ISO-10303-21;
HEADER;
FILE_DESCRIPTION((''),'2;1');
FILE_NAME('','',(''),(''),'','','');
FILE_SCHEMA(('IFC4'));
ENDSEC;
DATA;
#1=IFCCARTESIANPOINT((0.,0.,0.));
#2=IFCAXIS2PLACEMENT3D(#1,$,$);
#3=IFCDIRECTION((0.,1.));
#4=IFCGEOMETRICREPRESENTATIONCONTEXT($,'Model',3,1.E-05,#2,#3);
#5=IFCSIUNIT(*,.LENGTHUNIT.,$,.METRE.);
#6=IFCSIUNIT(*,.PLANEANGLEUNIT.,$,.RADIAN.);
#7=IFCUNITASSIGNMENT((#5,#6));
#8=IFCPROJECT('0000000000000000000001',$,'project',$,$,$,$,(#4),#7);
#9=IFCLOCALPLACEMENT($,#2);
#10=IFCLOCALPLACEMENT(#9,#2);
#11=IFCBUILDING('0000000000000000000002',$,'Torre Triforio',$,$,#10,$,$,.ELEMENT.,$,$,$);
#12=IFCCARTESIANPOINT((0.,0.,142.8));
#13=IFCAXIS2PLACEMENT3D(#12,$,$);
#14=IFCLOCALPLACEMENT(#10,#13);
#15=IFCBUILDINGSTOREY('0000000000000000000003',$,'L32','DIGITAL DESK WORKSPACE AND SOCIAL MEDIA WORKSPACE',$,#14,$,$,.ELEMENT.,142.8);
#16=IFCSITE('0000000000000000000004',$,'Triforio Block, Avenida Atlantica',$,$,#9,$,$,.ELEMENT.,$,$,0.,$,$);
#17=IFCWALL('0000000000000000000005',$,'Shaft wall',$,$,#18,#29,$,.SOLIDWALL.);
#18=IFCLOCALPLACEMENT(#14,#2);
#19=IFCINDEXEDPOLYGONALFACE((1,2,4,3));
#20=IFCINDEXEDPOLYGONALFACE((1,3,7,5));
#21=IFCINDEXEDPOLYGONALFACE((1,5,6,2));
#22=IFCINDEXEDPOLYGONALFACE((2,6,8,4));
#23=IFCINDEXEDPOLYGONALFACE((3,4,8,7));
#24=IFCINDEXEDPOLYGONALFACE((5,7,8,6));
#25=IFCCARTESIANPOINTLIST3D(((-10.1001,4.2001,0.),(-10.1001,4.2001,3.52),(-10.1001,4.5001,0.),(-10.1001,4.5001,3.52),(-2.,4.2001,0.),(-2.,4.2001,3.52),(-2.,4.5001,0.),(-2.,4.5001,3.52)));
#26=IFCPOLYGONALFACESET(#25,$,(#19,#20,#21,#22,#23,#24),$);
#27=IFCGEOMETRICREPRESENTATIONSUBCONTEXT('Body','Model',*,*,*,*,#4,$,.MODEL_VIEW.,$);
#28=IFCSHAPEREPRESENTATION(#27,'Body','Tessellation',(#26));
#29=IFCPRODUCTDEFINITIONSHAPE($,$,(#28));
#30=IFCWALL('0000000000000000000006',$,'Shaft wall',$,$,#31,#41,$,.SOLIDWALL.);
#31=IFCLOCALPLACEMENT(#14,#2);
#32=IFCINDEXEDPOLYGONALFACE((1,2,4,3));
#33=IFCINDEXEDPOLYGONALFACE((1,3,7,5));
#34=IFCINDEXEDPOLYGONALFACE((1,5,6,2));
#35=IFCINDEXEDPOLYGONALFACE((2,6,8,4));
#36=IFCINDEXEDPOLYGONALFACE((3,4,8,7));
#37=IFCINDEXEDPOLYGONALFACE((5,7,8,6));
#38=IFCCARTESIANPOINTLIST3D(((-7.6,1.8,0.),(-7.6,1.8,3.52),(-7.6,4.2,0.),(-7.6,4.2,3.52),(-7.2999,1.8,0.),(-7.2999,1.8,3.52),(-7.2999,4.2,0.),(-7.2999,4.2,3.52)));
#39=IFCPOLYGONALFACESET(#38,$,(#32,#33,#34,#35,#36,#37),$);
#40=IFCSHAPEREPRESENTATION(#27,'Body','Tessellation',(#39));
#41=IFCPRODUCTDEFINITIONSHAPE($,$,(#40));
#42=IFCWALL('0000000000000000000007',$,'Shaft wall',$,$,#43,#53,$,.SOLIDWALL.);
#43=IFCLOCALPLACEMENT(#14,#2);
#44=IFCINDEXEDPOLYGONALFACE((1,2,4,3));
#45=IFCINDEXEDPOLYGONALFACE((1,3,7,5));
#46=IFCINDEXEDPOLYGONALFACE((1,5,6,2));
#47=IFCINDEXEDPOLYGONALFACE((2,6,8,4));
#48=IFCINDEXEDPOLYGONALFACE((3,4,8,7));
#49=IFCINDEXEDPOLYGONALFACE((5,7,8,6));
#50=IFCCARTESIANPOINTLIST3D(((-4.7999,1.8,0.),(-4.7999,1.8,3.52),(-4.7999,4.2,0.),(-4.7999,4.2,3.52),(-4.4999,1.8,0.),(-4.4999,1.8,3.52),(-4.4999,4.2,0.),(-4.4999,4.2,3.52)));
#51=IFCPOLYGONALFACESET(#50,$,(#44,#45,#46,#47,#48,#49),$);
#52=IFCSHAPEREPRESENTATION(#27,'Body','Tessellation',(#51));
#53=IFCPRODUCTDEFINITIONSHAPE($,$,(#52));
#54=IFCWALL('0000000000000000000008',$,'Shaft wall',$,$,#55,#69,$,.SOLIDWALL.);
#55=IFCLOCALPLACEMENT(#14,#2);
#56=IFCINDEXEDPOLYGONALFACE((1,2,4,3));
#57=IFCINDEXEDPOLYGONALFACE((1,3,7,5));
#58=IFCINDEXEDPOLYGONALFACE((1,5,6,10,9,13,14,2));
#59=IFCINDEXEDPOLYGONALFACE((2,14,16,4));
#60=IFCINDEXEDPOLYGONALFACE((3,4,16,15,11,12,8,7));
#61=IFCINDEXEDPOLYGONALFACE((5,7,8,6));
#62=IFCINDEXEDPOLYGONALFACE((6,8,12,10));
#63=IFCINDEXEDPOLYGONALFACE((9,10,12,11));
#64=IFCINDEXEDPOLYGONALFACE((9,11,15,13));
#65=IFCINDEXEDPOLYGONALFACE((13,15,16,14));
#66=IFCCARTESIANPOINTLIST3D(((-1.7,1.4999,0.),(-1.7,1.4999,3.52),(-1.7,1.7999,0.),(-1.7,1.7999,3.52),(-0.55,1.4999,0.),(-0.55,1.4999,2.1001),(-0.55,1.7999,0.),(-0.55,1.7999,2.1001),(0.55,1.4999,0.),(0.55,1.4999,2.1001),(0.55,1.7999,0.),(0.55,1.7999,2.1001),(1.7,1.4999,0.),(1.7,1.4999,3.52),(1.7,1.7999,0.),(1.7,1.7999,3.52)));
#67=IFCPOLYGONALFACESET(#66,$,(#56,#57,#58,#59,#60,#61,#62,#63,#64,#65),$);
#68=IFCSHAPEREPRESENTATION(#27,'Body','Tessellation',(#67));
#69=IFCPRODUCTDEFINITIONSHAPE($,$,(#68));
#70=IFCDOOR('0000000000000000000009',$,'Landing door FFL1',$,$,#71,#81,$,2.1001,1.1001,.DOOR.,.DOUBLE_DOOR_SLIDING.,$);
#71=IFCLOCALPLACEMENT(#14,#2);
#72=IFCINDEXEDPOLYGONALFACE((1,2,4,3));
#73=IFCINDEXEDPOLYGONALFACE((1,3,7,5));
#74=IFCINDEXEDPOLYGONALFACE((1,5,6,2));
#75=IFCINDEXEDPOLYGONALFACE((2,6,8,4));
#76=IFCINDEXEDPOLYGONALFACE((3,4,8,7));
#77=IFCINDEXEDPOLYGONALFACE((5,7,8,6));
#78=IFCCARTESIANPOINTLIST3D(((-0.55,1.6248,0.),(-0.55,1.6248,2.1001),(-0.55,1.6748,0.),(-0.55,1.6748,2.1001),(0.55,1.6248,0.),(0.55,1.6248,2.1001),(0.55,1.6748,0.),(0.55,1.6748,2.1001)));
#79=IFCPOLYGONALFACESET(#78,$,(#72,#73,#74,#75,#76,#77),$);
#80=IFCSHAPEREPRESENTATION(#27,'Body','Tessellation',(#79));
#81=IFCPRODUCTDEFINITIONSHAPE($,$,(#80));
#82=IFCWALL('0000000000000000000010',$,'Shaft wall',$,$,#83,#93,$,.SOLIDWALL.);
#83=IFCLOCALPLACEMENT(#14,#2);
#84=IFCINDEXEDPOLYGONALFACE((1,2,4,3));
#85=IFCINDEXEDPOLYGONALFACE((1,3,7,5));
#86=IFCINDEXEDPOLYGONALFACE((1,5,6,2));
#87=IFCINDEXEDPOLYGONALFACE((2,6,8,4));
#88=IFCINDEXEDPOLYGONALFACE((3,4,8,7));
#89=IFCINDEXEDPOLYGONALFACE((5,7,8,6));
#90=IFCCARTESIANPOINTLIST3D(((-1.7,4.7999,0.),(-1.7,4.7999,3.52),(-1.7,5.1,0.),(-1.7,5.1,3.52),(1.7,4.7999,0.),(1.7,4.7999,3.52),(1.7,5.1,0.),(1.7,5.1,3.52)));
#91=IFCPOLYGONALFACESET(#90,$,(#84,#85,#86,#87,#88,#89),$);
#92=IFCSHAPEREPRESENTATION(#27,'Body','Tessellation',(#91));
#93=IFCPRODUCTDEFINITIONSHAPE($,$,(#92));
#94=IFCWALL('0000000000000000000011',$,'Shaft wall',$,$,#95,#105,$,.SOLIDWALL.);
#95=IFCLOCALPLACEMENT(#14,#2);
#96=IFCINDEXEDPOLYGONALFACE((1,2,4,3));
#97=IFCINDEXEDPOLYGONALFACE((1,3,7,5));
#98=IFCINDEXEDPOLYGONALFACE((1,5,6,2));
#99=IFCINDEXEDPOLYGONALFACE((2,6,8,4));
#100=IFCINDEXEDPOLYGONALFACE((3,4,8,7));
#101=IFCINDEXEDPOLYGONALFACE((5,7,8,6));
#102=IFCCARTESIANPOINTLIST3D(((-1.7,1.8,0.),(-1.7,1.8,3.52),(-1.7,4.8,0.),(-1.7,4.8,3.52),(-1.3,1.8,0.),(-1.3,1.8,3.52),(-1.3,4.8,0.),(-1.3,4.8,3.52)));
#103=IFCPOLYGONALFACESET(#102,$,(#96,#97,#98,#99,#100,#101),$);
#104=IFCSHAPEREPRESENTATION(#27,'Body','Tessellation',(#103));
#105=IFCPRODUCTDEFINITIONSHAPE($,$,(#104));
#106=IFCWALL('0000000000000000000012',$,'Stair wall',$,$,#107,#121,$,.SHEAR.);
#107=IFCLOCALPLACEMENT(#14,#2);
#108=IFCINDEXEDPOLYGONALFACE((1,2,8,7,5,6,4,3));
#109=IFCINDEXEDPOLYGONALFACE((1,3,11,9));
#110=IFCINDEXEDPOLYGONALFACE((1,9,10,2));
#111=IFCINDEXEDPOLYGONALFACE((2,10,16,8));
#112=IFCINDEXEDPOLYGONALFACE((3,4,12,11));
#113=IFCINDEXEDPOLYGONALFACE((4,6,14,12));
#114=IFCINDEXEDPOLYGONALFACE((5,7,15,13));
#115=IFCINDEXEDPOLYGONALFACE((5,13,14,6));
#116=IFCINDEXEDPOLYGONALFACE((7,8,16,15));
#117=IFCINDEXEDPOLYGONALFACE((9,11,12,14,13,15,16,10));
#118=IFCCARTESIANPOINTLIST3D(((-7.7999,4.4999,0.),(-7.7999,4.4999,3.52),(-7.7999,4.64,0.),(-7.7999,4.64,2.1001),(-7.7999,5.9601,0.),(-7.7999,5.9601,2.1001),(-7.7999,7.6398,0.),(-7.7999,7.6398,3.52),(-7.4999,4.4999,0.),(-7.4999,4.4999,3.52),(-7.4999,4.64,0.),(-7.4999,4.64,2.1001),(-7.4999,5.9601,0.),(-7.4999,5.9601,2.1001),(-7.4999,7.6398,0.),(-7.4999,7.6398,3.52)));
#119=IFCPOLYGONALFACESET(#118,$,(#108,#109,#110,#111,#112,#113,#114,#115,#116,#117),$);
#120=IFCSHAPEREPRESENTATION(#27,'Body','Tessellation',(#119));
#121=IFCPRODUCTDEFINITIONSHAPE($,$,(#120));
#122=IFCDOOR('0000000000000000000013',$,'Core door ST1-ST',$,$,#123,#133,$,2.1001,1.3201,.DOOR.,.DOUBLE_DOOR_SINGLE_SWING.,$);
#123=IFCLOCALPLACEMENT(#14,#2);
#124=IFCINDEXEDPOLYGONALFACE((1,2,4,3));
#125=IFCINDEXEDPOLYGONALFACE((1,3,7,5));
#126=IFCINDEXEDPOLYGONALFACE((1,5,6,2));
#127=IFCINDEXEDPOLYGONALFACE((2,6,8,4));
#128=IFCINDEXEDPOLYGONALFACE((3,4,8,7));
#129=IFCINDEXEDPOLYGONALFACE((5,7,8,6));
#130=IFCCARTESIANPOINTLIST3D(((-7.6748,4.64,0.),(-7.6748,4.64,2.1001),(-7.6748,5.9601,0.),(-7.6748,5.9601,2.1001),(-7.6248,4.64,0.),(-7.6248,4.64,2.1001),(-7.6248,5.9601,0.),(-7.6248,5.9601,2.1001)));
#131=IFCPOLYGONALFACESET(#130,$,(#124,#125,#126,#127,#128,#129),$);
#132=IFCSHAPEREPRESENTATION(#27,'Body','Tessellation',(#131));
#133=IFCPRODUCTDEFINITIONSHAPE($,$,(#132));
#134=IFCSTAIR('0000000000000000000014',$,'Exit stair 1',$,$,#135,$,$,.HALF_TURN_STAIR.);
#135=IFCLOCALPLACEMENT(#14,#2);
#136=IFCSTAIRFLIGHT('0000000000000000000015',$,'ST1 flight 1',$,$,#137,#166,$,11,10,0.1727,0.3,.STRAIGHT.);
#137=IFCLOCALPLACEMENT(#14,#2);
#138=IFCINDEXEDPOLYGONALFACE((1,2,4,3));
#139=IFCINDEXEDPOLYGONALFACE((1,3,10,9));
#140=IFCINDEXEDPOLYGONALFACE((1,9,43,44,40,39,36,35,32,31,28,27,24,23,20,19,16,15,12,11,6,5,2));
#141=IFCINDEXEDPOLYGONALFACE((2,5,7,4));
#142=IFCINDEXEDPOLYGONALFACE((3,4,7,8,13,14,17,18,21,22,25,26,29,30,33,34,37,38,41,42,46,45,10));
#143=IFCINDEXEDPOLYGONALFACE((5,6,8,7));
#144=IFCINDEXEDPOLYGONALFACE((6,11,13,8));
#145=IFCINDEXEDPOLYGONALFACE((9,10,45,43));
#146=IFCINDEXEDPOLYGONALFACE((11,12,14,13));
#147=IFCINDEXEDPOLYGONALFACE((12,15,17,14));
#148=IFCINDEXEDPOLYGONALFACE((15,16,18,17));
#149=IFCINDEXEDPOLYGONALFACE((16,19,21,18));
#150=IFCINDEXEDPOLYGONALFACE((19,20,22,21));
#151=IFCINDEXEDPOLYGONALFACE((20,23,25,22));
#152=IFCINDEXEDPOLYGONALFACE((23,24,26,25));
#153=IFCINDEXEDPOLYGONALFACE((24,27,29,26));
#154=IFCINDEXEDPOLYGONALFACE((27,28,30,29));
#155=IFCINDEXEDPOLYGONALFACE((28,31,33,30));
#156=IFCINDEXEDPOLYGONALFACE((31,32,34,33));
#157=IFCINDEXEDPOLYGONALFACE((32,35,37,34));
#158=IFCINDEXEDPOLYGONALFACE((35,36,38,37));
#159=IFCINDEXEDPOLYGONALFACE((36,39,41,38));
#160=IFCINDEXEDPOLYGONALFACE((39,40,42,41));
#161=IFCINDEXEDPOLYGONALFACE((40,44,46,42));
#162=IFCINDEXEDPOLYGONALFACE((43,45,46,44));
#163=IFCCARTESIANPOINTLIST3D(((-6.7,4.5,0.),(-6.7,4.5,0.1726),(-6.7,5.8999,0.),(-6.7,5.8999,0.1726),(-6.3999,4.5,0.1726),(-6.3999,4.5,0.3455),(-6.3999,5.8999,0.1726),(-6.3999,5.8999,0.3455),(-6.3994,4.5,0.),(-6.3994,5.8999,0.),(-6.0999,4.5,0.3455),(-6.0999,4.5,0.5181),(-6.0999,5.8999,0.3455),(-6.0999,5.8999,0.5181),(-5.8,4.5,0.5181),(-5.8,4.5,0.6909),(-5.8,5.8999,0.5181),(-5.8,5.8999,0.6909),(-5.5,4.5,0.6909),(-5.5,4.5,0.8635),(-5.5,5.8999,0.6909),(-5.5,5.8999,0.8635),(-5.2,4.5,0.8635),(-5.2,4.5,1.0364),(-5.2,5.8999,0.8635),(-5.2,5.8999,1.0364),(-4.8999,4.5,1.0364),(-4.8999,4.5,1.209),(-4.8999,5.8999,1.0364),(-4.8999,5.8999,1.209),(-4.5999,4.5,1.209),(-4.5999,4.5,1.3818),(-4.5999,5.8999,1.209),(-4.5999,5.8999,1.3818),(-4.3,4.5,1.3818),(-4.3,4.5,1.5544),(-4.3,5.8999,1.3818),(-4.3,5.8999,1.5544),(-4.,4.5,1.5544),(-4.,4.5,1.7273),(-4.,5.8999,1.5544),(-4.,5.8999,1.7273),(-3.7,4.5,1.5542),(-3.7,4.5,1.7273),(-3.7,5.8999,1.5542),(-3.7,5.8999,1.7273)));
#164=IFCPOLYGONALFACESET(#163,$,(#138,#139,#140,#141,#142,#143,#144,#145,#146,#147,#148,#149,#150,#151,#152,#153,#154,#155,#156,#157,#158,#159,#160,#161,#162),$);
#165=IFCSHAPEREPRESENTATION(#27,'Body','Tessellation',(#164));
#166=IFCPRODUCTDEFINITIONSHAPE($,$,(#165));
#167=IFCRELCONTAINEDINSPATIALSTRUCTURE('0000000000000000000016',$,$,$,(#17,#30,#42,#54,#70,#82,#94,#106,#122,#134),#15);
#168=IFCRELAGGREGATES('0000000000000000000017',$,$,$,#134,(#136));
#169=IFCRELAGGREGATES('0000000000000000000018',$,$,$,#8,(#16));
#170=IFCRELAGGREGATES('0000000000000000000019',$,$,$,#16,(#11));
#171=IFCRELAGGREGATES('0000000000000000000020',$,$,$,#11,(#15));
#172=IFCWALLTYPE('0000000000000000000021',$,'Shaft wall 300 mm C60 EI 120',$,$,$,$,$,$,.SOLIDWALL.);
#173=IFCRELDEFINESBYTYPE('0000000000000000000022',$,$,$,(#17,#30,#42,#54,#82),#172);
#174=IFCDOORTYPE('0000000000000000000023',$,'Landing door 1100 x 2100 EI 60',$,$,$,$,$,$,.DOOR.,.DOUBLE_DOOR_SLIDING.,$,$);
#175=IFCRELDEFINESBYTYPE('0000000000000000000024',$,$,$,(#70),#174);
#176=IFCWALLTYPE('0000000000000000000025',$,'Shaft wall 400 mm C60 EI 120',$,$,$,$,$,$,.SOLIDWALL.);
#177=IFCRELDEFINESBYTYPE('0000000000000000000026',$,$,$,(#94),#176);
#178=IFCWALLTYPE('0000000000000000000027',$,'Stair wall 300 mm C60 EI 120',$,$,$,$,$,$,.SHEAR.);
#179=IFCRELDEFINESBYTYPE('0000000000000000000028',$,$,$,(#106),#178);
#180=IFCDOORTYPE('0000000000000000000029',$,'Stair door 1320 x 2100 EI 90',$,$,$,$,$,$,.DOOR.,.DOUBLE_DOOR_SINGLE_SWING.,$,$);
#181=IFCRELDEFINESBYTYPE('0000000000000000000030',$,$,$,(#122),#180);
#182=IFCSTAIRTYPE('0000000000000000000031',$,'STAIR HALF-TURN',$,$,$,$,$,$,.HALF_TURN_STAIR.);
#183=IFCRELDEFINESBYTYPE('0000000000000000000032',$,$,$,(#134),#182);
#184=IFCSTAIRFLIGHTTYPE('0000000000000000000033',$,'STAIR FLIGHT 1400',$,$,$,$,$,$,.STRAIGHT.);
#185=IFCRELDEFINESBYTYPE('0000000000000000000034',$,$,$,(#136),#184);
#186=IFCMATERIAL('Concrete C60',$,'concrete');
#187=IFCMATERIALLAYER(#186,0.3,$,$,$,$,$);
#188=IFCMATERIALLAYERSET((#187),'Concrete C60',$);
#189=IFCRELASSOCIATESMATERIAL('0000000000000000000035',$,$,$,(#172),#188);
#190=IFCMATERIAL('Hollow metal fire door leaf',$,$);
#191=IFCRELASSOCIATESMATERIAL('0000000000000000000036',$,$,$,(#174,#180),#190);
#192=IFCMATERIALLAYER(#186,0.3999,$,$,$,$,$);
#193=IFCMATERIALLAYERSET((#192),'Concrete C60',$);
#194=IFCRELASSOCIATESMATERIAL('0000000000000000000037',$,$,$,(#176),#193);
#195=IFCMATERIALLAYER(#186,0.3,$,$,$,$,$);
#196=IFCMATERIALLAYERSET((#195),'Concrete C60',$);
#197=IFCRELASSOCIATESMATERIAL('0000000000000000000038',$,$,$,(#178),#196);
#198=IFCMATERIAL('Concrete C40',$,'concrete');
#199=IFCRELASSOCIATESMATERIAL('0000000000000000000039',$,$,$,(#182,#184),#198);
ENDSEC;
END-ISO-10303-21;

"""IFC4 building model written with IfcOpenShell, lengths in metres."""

from ifc_helpers import new_model, si_unit, direction, frame, frame_2d, origin, place, context, subcontext, project, spatial, polyline, rectangle, outline, extrude, material, layer, layer_set, type_object, element, fill, aggregate, save


model = new_model("IFC4")

# Units and contexts
model_context = context("Model", 3, precision=1e-05, world=origin(), true_north=direction((0.0, 1.0)))
body_context = subcontext(model_context, "Body", "Model", "MODEL_VIEW")
ifc_project = project(units=[si_unit("LENGTHUNIT", "METRE"), si_unit("PLANEANGLEUNIT", "RADIAN")], contexts=[model_context])

# Site, building, storey
site_placement = place(None, origin())
site = spatial("IfcSite", under=ifc_project, at=site_placement, Name="Triforio Block, Avenida Atlantica", CompositionType="ELEMENT", RefElevation=0.0)
building_placement = place(site_placement, origin())
building = spatial("IfcBuilding", under=site, at=building_placement, Name="Torre Triforio", CompositionType="ELEMENT")
storey_placement = place(building_placement, frame((0.0, 0.0, 142.8)))
storey = spatial("IfcBuildingStorey", under=building, at=storey_placement, Name="L32", Description="DIGITAL DESK WORKSPACE AND SOCIAL MEDIA WORKSPACE", CompositionType="ELEMENT", Elevation=142.8)

# Walls
ifc_material_1 = material(Name="Concrete C60", Category="concrete")
ifc_layer_1 = layer(ifc_material_1, 0.3)
ifc_layer_set_1 = layer_set([ifc_layer_1], Name="Concrete C60")
wall_type_1 = type_object("IfcWallType", Name="Shaft wall 300 mm C60 EI 120", PredefinedType="SOLIDWALL", material=ifc_layer_set_1)
wall_1_placement = place(storey_placement, frame((-10.1001, 4.3501, 0.0), z_axis=(0.0, 0.0, 1.0), x_axis=(1.0, 0.0, 0.0)))
element("IfcWall", 1, at=wall_1_placement, inside=storey, type_object=wall_type_1, Name="Shaft wall", PredefinedType="SOLIDWALL", context=body_context, shape_type="SweptSolid", body=[
    extrude(rectangle(XDim=8.1001, YDim=0.3, at=frame_2d((4.05, 0.0))), origin(), (0.0, 0.0, 1.0), 3.52),
])
for number, where, z_axis, x_axis, name in (
    (2, (-7.45, 1.8, 0.0), (0.0, 0.0, 1.0), (0.0, 1.0, 0.0), "Shaft wall"),
    (3, (-4.6499, 1.8, 0.0), (0.0, 0.0, 1.0), (0.0, 1.0, 0.0), "Shaft wall"),
):
    element("IfcWall", number, at=place(storey_placement, frame(where, z_axis=z_axis, x_axis=x_axis)), inside=storey, type_object=wall_type_1, Name=name, PredefinedType="SOLIDWALL", context=body_context, shape_type="SweptSolid", body=[
        extrude(rectangle(XDim=2.3999, YDim=0.3, at=frame_2d((1.2, 0.0))), origin(), (0.0, 0.0, 1.0), 3.52),
    ])

# Wall, opening, door
wall_2_placement = place(storey_placement, frame((-1.7, 1.6499, 0.0), z_axis=(0.0, 0.0, 1.0), x_axis=(1.0, 0.0, 0.0)))
wall_2 = element("IfcWall", 4, at=wall_2_placement, inside=storey, type_object=wall_type_1, Name="Shaft wall", PredefinedType="SOLIDWALL", context=body_context, shape_type="SweptSolid", body=[
    extrude(rectangle(XDim=3.3999, YDim=0.3, at=frame_2d((1.7, 0.0))), origin(), (0.0, 0.0, 1.0), 3.52),
])
opening_1_placement = place(wall_2_placement, frame((1.1499, 0.0, 0.0)))
opening_1 = element("IfcOpeningElement", 5, at=opening_1_placement, cuts=wall_2, PredefinedType="OPENING", context=body_context, shape_type="SweptSolid", body=[
    extrude(rectangle(XDim=1.1001, YDim=2.1001, at=frame_2d((0.55, 1.05))), frame((0.0, 0.1599, 0.0), z_axis=(0.0, -1.0, 0.0), x_axis=(1.0, 0.0, 0.0)), (0.0, 0.0, 1.0), 0.3201),
])
ifc_material_2 = material(Name="Hollow metal fire door leaf")
door_type_1 = type_object("IfcDoorType", Name="Landing door 1100 x 2100 EI 60", OperationType="DOUBLE_DOOR_SLIDING", PredefinedType="DOOR", material=ifc_material_2)
door_1_placement = place(opening_1_placement, origin())
door_1 = element("IfcDoor", 6, at=door_1_placement, inside=storey, type_object=door_type_1, Name="Landing door FFL1", OperationType="DOUBLE_DOOR_SLIDING", OverallHeight=2.1001, OverallWidth=1.1001, PredefinedType="DOOR", context=body_context, shape_type="SweptSolid", body=[
    extrude(rectangle(XDim=1.1001, YDim=2.1001, at=frame_2d((0.55, 1.05))), frame((0.0, 0.0249, 0.0), z_axis=(0.0, -1.0, 0.0), x_axis=(1.0, 0.0, 0.0)), (0.0, 0.0, 1.0), 0.05),
])
fill(opening_1, door_1)

# Walls
wall_3_placement = place(storey_placement, frame((-1.7, 4.95, 0.0), z_axis=(0.0, 0.0, 1.0), x_axis=(1.0, 0.0, 0.0)))
element("IfcWall", 7, at=wall_3_placement, inside=storey, type_object=wall_type_1, Name="Shaft wall", PredefinedType="SOLIDWALL", context=body_context, shape_type="SweptSolid", body=[
    extrude(rectangle(XDim=3.3999, YDim=0.3, at=frame_2d((1.7, 0.0))), origin(), (0.0, 0.0, 1.0), 3.52),
])
ifc_layer_2 = layer(ifc_material_1, 0.3999)
ifc_layer_set_2 = layer_set([ifc_layer_2], Name="Concrete C60")
wall_type_2 = type_object("IfcWallType", Name="Shaft wall 400 mm C60 EI 120", PredefinedType="SOLIDWALL", material=ifc_layer_set_2)
wall_4_placement = place(storey_placement, frame((-1.5, 1.8, 0.0), z_axis=(0.0, 0.0, 1.0), x_axis=(0.0, 1.0, 0.0)))
element("IfcWall", 8, at=wall_4_placement, inside=storey, type_object=wall_type_2, Name="Shaft wall", PredefinedType="SOLIDWALL", context=body_context, shape_type="SweptSolid", body=[
    extrude(rectangle(XDim=3.0, YDim=0.3999, at=frame_2d((1.5, 0.0))), origin(), (0.0, 0.0, 1.0), 3.52),
])

# Wall, opening, door
ifc_layer_3 = layer(ifc_material_1, 0.3)
ifc_layer_set_3 = layer_set([ifc_layer_3], Name="Concrete C60")
wall_type_3 = type_object("IfcWallType", Name="Stair wall 300 mm C60 EI 120", PredefinedType="SHEAR", material=ifc_layer_set_3)
wall_5_placement = place(storey_placement, frame((-7.6499, 4.5, 0.0), z_axis=(0.0, 0.0, 1.0), x_axis=(0.0, 1.0, 0.0)))
wall_5 = element("IfcWall", 9, at=wall_5_placement, inside=storey, type_object=wall_type_3, Name="Stair wall", PredefinedType="SHEAR", context=body_context, shape_type="SweptSolid", body=[
    extrude(rectangle(XDim=3.1399, YDim=0.3, at=frame_2d((1.5698, 0.0))), origin(), (0.0, 0.0, 1.0), 3.52),
])
opening_2_placement = place(wall_5_placement, frame((0.1399, 0.0, 0.0)))
opening_2 = element("IfcOpeningElement", 10, at=opening_2_placement, cuts=wall_5, PredefinedType="OPENING", context=body_context, shape_type="SweptSolid", body=[
    extrude(rectangle(XDim=1.3201, YDim=2.1001, at=frame_2d((0.6602, 1.05))), frame((0.0, 0.1599, 0.0), z_axis=(0.0, -1.0, 0.0), x_axis=(1.0, 0.0, 0.0)), (0.0, 0.0, 1.0), 0.3201),
])
door_type_2 = type_object("IfcDoorType", Name="Stair door 1320 x 2100 EI 90", OperationType="DOUBLE_DOOR_SINGLE_SWING", PredefinedType="DOOR", material=ifc_material_2)
door_2_placement = place(opening_2_placement, origin())
door_2 = element("IfcDoor", 11, at=door_2_placement, inside=storey, type_object=door_type_2, Name="Core door ST1-ST", OperationType="DOUBLE_DOOR_SINGLE_SWING", OverallHeight=2.1001, OverallWidth=1.3201, PredefinedType="DOOR", context=body_context, shape_type="SweptSolid", body=[
    extrude(rectangle(XDim=1.3201, YDim=2.1001, at=frame_2d((0.6602, 1.05))), frame((0.0, 0.0249, 0.0), z_axis=(0.0, -1.0, 0.0), x_axis=(1.0, 0.0, 0.0)), (0.0, 0.0, 1.0), 0.05),
])
fill(opening_2, door_2)

# Stair, stair flight
ifc_material_3 = material(Name="Concrete C40", Category="concrete")
stair_type = type_object("IfcStairType", Name="STAIR HALF-TURN", PredefinedType="HALF_TURN_STAIR", material=ifc_material_3)
stair_placement = place(storey_placement, origin())
stair = element("IfcStair", 12, at=stair_placement, inside=storey, type_object=stair_type, Name="Exit stair 1", PredefinedType="HALF_TURN_STAIR")
stair_flight_type = type_object("IfcStairFlightType", Name="STAIR FLIGHT 1400", PredefinedType="STRAIGHT", material=ifc_material_3)
stair_flight_placement = place(storey_placement, frame((-6.7, 5.2, 0.0), z_axis=(0.0, 0.0, 1.0), x_axis=(1.0, 0.0, 0.0)))
stair_flight = element("IfcStairFlight", 13, at=stair_flight_placement, type_object=stair_flight_type, Name="ST1 flight 1", NumberOfRisers=11, NumberOfTreads=10, PredefinedType="STRAIGHT", RiserHeight=0.1727, TreadLength=0.3, context=body_context, shape_type="SweptSolid", body=[
    extrude(outline(polyline([(0.0, 0.0), (0.0, 0.1726), (0.3, 0.1726), (0.3, 0.3455), (0.6001, 0.3455), (0.6001, 0.5181), (0.8999, 0.5181), (0.8999, 0.6909), (1.2, 0.6909), (1.2, 0.8635), (1.5, 0.8635), (1.5, 1.0364), (1.8, 1.0364), (1.8, 1.209), (2.1001, 1.209), (2.1001, 1.3818), (2.3999, 1.3818), (2.3999, 1.5544), (2.7, 1.5544), (2.7, 1.7273), (3.0, 1.7273), (3.0, 1.8999), (3.0, 1.5542), (0.3005, 0.0), (0.0, 0.0)])), frame((0.0, 0.7, 0.0), z_axis=(0.0, -1.0, 0.0), x_axis=(1.0, 0.0, 0.0)), (0.0, 0.0, 1.0), 1.3999),
])
aggregate(stair, [stair_flight])

save(model, "model.ifc")
